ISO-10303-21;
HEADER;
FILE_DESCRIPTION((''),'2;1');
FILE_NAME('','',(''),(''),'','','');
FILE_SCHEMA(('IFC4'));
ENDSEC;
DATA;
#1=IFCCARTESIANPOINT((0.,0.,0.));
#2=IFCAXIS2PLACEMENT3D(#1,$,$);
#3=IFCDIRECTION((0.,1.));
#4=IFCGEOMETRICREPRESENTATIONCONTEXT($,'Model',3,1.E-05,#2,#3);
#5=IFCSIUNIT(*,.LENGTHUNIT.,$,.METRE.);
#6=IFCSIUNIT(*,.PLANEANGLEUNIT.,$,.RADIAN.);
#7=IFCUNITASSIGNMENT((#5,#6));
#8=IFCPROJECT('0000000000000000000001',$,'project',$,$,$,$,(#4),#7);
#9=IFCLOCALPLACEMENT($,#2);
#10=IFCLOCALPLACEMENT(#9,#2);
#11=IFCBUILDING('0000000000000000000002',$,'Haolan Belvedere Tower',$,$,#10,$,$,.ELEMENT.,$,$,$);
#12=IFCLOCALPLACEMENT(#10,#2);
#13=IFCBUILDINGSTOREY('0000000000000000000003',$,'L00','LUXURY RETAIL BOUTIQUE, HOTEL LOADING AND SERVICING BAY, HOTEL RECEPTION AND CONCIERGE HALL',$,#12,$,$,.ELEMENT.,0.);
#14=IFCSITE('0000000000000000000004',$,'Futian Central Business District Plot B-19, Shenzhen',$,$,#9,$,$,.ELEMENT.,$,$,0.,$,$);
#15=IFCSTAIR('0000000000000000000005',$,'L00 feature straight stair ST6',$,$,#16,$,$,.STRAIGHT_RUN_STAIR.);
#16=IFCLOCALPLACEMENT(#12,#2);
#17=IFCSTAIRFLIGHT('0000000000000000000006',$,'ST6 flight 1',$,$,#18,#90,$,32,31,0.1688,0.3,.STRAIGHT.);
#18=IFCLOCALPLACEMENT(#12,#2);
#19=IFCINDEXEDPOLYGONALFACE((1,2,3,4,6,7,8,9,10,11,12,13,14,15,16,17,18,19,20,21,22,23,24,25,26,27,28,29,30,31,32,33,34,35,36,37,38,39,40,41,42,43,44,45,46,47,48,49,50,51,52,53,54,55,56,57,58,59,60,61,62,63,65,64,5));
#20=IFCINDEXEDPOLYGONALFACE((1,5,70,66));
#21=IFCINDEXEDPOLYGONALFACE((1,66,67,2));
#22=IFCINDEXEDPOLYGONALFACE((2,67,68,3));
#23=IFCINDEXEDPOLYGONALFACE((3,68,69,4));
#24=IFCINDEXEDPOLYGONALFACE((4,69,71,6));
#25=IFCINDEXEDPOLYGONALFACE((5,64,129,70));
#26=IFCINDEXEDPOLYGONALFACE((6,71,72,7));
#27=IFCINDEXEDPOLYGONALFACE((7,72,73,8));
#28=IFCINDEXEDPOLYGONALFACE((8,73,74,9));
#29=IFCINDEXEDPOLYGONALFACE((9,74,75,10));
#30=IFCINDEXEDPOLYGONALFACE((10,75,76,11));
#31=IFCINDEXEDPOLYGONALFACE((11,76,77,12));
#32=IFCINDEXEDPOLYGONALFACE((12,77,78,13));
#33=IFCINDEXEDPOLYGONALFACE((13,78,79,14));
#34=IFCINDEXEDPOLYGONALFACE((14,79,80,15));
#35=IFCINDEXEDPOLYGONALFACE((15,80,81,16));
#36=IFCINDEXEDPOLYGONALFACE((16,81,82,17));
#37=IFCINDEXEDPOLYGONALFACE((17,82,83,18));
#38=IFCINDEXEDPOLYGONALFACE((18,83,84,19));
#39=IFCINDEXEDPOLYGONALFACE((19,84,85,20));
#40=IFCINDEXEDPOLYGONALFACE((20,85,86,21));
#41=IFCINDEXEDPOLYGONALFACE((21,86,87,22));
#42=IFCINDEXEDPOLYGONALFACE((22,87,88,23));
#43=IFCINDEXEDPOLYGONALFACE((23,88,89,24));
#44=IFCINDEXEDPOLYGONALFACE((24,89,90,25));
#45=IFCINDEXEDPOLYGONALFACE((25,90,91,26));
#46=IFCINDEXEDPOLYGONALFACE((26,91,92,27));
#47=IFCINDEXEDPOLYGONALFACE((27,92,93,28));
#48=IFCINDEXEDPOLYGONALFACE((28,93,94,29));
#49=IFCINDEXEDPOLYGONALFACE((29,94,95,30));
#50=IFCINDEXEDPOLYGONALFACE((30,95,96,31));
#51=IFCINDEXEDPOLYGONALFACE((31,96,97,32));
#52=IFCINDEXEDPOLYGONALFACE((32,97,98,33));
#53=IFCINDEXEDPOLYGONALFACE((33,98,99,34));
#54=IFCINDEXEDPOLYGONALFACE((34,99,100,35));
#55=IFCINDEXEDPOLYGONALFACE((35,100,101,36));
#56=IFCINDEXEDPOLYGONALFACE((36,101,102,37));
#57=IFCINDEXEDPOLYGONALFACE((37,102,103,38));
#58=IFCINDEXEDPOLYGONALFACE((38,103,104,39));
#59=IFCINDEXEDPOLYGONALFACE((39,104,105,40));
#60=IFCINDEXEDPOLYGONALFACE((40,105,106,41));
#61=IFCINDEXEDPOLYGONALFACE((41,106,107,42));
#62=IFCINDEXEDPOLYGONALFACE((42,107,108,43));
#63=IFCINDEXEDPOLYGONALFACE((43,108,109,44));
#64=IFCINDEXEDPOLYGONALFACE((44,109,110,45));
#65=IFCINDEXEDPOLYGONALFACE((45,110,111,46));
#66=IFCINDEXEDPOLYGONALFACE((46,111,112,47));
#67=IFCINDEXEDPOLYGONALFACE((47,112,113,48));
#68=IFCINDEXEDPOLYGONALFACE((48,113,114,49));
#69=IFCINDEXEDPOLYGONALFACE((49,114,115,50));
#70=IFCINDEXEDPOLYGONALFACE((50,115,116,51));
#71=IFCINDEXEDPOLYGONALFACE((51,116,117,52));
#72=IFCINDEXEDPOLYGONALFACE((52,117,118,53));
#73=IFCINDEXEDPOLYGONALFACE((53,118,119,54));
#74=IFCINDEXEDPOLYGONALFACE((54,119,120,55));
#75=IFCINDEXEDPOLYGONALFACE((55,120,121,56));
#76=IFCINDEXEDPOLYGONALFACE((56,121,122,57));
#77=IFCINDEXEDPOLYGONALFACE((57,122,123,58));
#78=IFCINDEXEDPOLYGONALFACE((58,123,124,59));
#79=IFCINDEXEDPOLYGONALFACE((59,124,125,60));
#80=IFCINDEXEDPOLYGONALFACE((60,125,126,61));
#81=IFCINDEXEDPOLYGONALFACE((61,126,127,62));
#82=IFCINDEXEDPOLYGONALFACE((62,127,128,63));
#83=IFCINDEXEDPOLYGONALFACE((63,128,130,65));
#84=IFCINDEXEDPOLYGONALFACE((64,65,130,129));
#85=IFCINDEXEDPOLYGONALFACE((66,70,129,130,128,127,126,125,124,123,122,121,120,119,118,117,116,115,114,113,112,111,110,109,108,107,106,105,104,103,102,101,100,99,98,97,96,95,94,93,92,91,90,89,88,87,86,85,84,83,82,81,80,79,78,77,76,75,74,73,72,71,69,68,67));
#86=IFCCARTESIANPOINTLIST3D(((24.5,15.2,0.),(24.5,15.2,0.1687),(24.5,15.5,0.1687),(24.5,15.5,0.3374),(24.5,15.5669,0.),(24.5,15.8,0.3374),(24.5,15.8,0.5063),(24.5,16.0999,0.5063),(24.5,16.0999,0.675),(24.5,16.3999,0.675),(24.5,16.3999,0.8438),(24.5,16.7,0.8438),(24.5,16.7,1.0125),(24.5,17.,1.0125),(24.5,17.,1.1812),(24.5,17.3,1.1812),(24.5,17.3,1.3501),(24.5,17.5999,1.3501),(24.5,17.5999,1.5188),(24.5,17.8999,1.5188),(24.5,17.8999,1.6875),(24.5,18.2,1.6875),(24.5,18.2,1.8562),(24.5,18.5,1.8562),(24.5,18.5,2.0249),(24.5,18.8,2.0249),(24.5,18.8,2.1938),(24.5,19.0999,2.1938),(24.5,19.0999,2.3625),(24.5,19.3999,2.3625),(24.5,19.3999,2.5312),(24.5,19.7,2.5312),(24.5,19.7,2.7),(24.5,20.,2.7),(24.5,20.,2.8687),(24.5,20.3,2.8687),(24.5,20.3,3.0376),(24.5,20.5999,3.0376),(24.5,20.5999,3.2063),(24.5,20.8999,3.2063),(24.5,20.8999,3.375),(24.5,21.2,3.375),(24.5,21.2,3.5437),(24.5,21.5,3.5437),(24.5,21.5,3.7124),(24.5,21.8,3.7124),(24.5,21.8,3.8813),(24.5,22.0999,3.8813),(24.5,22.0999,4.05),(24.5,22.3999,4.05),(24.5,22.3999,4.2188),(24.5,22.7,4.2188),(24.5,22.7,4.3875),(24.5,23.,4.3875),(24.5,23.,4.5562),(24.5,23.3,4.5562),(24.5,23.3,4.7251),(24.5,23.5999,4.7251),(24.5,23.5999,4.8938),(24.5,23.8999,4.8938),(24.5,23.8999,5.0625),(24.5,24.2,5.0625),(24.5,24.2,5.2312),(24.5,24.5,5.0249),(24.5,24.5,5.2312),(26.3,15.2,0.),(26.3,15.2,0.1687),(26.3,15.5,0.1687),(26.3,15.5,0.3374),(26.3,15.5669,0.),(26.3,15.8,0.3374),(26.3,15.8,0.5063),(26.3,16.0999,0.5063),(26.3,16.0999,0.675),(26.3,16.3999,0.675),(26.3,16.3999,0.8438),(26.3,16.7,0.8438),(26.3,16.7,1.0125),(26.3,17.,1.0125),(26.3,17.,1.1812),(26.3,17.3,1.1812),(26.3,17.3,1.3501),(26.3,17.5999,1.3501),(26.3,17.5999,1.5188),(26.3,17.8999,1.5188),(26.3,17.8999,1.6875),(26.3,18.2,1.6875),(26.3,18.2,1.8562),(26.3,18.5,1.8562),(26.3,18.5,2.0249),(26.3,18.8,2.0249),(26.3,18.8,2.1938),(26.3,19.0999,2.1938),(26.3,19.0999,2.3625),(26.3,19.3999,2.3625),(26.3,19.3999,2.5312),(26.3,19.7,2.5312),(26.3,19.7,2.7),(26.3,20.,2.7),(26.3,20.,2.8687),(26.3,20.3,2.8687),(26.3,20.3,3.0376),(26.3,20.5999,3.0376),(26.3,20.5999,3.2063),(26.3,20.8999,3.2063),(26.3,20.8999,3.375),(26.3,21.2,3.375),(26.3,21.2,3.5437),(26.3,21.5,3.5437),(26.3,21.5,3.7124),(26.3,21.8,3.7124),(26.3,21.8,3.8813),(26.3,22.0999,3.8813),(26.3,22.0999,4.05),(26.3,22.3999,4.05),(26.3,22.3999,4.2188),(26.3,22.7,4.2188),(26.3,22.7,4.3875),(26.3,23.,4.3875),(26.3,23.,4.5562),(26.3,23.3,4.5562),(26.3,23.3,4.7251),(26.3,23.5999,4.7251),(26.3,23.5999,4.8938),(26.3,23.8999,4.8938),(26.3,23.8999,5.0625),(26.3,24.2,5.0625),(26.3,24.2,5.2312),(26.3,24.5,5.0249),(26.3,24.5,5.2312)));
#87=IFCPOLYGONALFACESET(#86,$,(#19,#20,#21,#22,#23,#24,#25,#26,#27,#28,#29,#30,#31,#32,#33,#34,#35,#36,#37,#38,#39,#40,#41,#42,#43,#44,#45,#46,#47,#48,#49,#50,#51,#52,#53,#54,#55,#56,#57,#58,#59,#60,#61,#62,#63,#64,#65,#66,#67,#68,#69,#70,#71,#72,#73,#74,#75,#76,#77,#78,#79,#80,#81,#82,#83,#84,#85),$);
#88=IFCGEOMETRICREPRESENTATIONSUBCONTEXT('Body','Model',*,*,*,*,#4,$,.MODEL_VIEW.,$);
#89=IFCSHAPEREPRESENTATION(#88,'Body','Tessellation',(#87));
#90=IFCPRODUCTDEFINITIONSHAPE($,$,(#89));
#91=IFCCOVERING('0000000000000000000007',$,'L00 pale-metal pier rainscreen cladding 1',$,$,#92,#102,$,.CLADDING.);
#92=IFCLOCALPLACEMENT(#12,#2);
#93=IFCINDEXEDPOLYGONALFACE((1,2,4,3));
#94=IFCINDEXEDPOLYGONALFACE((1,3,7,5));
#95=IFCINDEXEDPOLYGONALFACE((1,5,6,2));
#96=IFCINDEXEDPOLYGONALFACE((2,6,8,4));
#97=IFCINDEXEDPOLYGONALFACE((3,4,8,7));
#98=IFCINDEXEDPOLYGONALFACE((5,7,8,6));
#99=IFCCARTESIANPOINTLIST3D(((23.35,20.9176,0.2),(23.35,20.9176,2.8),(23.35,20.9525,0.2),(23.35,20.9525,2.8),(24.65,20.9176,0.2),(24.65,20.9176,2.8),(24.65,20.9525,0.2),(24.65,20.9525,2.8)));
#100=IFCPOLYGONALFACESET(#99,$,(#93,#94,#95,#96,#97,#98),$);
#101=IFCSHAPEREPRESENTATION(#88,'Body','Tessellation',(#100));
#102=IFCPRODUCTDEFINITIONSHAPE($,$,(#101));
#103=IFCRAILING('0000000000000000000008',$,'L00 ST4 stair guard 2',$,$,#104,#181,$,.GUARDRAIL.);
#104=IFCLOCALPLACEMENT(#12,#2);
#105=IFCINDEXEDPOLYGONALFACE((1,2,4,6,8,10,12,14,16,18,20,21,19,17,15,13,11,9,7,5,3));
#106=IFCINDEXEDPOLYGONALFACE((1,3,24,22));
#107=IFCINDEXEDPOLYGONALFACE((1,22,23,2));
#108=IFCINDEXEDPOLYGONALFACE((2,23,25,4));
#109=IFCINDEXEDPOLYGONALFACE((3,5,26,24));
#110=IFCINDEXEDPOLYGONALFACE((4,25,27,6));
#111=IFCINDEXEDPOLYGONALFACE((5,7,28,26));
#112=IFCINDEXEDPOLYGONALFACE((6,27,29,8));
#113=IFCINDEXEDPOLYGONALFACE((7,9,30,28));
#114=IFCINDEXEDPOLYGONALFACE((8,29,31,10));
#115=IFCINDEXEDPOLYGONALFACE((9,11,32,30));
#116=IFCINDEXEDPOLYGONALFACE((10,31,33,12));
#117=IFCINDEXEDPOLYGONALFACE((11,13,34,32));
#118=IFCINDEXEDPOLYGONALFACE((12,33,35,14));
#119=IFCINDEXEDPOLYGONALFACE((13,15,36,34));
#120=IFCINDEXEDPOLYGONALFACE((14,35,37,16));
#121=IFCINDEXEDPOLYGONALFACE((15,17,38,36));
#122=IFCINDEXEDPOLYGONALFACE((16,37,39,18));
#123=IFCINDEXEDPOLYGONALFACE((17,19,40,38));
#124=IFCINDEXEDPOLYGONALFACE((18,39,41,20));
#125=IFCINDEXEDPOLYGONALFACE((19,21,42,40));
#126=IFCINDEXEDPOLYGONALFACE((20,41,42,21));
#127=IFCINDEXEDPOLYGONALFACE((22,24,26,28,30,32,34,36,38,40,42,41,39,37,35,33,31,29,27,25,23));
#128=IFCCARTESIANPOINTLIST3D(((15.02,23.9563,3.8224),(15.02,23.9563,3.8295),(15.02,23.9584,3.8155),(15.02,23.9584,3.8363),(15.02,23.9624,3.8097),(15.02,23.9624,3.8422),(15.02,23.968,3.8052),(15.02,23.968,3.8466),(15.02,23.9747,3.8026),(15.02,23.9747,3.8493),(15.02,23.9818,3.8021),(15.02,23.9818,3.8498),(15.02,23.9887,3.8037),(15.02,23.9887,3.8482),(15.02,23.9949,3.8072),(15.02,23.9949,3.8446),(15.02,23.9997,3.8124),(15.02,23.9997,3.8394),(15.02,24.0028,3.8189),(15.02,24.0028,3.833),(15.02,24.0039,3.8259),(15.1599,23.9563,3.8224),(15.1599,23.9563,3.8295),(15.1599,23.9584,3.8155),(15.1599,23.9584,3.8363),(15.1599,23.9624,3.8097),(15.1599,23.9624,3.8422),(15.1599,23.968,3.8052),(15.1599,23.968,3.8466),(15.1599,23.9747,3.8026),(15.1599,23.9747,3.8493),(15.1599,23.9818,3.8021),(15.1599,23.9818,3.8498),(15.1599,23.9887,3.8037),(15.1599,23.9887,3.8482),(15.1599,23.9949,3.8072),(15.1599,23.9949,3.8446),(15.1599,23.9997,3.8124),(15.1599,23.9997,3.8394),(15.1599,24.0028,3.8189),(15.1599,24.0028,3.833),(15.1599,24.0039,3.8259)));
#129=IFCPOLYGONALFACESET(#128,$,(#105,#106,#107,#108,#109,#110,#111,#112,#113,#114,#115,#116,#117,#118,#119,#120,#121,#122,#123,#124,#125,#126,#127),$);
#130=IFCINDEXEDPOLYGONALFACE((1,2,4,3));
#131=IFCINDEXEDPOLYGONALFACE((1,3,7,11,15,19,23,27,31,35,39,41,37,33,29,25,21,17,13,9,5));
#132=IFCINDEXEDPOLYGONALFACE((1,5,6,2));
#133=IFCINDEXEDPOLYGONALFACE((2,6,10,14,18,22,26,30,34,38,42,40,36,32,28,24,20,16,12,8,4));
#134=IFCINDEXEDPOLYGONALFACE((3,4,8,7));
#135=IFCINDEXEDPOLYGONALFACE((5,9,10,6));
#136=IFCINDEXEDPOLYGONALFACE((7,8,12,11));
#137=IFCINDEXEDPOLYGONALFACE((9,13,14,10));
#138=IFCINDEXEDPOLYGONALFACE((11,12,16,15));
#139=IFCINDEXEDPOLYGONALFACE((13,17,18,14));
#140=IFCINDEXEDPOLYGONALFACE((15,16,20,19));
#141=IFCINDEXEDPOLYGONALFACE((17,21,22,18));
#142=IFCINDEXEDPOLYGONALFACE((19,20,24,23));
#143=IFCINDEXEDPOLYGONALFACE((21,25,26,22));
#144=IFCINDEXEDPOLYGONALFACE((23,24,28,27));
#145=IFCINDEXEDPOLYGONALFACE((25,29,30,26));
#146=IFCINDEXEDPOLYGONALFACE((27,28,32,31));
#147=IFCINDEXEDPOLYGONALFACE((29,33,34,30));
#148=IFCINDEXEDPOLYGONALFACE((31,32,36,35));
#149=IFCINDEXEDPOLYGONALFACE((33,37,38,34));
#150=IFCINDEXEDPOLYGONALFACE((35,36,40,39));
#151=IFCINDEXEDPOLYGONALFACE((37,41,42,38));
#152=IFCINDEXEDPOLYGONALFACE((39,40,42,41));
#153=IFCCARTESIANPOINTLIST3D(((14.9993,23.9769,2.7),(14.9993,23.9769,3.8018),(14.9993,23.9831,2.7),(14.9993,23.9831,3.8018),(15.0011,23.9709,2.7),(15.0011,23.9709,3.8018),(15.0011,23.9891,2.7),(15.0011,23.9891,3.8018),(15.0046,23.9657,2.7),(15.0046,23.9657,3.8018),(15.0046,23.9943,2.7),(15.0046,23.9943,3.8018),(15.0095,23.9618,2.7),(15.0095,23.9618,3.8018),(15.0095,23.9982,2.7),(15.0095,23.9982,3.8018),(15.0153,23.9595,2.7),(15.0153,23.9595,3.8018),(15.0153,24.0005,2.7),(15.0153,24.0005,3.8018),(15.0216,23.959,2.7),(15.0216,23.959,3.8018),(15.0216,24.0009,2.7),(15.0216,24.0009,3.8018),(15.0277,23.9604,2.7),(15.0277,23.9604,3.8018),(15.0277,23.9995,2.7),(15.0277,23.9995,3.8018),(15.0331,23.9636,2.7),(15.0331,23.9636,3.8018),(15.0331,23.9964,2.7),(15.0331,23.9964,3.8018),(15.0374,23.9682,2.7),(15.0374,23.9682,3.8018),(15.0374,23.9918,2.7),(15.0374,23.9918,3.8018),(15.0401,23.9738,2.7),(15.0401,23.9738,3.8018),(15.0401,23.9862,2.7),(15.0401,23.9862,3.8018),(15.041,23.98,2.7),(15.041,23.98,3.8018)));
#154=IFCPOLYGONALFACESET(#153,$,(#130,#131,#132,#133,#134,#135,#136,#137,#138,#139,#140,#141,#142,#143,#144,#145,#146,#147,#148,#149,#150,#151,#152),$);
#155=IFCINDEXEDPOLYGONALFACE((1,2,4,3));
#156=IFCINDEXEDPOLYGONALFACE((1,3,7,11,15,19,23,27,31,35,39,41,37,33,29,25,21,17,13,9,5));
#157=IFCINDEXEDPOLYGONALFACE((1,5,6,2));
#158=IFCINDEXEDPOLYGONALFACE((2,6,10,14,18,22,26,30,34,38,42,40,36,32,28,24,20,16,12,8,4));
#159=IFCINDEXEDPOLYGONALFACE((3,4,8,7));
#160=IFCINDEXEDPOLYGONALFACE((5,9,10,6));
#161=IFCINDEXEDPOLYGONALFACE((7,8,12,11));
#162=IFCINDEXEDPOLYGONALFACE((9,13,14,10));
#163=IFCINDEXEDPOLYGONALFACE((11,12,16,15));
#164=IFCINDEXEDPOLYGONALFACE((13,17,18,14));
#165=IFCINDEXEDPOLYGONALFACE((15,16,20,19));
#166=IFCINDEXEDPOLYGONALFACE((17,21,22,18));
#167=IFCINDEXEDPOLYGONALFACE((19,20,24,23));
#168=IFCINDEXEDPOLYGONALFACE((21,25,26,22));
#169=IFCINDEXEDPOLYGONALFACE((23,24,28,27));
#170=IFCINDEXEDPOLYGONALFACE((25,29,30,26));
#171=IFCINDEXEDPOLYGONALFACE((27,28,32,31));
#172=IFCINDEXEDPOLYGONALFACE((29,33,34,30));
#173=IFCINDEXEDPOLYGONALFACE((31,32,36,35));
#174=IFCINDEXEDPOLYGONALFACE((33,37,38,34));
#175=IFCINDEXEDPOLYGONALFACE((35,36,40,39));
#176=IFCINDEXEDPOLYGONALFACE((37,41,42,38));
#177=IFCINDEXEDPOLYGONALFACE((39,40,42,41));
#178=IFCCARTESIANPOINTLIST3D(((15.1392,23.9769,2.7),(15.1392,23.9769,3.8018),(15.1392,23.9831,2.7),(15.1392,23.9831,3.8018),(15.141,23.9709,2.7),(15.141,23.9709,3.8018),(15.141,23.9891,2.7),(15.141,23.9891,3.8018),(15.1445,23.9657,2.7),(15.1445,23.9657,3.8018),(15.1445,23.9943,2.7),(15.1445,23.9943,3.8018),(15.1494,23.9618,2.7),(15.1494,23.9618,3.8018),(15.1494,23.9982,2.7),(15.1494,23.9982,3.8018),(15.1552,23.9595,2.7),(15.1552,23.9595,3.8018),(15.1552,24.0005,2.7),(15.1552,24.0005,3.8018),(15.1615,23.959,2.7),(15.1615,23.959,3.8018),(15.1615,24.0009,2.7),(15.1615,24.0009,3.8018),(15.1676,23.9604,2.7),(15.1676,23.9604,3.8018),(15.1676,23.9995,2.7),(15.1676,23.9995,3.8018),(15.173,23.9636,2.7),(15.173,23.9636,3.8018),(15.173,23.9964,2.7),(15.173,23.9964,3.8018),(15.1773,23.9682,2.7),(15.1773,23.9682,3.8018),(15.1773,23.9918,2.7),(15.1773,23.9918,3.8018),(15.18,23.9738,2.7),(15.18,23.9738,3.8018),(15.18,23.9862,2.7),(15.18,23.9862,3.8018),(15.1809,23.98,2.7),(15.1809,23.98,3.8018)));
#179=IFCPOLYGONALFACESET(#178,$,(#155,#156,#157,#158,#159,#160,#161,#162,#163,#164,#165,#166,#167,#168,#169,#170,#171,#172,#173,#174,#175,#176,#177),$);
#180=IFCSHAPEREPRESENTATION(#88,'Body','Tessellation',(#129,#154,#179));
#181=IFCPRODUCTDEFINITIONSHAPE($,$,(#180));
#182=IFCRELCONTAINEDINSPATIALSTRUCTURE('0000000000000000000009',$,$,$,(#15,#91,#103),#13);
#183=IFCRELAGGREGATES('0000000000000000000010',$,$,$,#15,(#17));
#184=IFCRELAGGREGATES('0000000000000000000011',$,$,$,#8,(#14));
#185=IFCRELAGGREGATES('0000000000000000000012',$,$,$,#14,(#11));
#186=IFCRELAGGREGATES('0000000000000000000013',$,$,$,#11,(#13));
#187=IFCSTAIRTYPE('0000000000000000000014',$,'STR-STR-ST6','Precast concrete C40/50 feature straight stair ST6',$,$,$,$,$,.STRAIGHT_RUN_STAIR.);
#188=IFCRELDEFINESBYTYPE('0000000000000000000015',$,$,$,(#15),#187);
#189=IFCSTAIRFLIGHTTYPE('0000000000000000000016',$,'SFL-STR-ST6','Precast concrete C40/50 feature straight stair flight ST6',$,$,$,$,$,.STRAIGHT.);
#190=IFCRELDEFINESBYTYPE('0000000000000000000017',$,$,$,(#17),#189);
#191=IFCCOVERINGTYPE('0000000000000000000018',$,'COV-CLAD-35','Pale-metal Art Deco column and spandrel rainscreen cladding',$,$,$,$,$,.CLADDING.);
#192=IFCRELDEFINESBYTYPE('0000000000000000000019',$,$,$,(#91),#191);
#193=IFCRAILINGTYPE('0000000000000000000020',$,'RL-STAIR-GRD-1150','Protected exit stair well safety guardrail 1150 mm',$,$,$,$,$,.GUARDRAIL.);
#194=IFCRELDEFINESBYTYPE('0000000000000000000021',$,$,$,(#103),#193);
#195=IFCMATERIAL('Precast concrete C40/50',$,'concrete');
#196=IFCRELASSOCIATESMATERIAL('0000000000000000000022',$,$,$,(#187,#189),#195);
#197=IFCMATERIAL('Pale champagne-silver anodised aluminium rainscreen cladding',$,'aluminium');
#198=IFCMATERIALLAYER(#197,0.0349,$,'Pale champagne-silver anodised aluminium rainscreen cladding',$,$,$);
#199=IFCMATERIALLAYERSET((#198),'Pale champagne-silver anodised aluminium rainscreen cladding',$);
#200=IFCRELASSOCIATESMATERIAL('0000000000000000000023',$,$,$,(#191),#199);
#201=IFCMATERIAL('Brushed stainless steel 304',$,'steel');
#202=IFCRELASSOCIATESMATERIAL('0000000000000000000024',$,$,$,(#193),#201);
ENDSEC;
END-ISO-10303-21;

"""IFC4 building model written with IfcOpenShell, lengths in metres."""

from ifc_helpers import new_model, si_unit, direction, frame, origin, origin_2d, place, context, subcontext, project, spatial, polyline, rectangle, circle, outline, extrude, material, layer, layer_set, type_object, element, aggregate, save


model = new_model("IFC4")

# Units and contexts
model_context = context("Model", 3, precision=1e-05, world=origin(), true_north=direction((0.0, 1.0)))
body_context = subcontext(model_context, "Body", "Model", "MODEL_VIEW")
ifc_project = project(units=[si_unit("LENGTHUNIT", "METRE"), si_unit("PLANEANGLEUNIT", "RADIAN")], contexts=[model_context])

# Site, building, storey
site_placement = place(None, origin())
site = spatial("IfcSite", under=ifc_project, at=site_placement, Name="Futian Central Business District Plot B-19, Shenzhen", CompositionType="ELEMENT", RefElevation=0.0)
building_placement = place(site_placement, origin())
building = spatial("IfcBuilding", under=site, at=building_placement, Name="Haolan Belvedere Tower", CompositionType="ELEMENT")
storey_placement = place(building_placement, origin())
storey = spatial("IfcBuildingStorey", under=building, at=storey_placement, Name="L00", Description="LUXURY RETAIL BOUTIQUE, HOTEL LOADING AND SERVICING BAY, HOTEL RECEPTION AND CONCIERGE HALL", CompositionType="ELEMENT", Elevation=0.0)

# Shared definitions
ifc_material_1 = material(Name="Precast concrete C40/50", Category="concrete")

# Stair, stair flight
stair_type = type_object("IfcStairType", Name="STR-STR-ST6", Description="Precast concrete C40/50 feature straight stair ST6", PredefinedType="STRAIGHT_RUN_STAIR", material=ifc_material_1)
stair_placement = place(storey_placement, origin())
stair = element("IfcStair", 1, at=stair_placement, inside=storey, type_object=stair_type, Name="L00 feature straight stair ST6", PredefinedType="STRAIGHT_RUN_STAIR")
stair_flight_type = type_object("IfcStairFlightType", Name="SFL-STR-ST6", Description="Precast concrete C40/50 feature straight stair flight ST6", PredefinedType="STRAIGHT", material=ifc_material_1)
stair_flight_placement = place(storey_placement, frame((25.3999, 15.2, 0.0), z_axis=(0.0, 0.0, 1.0), x_axis=(0.0, 1.0, 0.0)))
stair_flight = element("IfcStairFlight", 2, at=stair_flight_placement, type_object=stair_flight_type, Name="ST6 flight 1", NumberOfRisers=32, NumberOfTreads=31, PredefinedType="STRAIGHT", RiserHeight=0.1688, TreadLength=0.3, context=body_context, shape_type="SweptSolid", body=[
    extrude(outline(polyline([(0.0, 0.0), (0.0, 0.1687), (0.3, 0.1687), (0.3, 0.3374), (0.6001, 0.3374), (0.6001, 0.5063), (0.8999, 0.5063), (0.8999, 0.675), (1.2, 0.675), (1.2, 0.8438), (1.5, 0.8438), (1.5, 1.0125), (1.8, 1.0125), (1.8, 1.1812), (2.1001, 1.1812), (2.1001, 1.3501), (2.3999, 1.3501), (2.3999, 1.5188), (2.7, 1.5188), (2.7, 1.6875), (3.0, 1.6875), (3.0, 1.8562), (3.3, 1.8562), (3.3, 2.0249), (3.6001, 2.0249), (3.6001, 2.1938), (3.8999, 2.1938), (3.8999, 2.3625), (4.2, 2.3625), (4.2, 2.5312), (4.5, 2.5312), (4.5, 2.7), (4.8, 2.7), (4.8, 2.8687), (5.1001, 2.8687), (5.1001, 3.0376), (5.3999, 3.0376), (5.3999, 3.2063), (5.7, 3.2063), (5.7, 3.375), (6.0, 3.375), (6.0, 3.5437), (6.3, 3.5437), (6.3, 3.7124), (6.6001, 3.7124), (6.6001, 3.8813), (6.8999, 3.8813), (6.8999, 4.05), (7.2, 4.05), (7.2, 4.2188), (7.5, 4.2188), (7.5, 4.3875), (7.8, 4.3875), (7.8, 4.5562), (8.1001, 4.5562), (8.1001, 4.7251), (8.3999, 4.7251), (8.3999, 4.8938), (8.7, 4.8938), (8.7, 5.0625), (9.0, 5.0625), (9.0, 5.2312), (9.3, 5.2312), (9.3, 5.3999), (9.3, 5.0249), (0.3669, 0.0), (0.0, 0.0)])), frame((0.0, 0.8999, 0.0), z_axis=(0.0, -1.0, 0.0), x_axis=(1.0, 0.0, 0.0)), (0.0, 0.0, 1.0), 1.8),
])
aggregate(stair, [stair_flight])

# Covering
ifc_material_2 = material(Name="Pale champagne-silver anodised aluminium rainscreen cladding", Category="aluminium")
ifc_layer_1 = layer(ifc_material_2, 0.0349, Name="Pale champagne-silver anodised aluminium rainscreen cladding")
ifc_layer_set_1 = layer_set([ifc_layer_1], Name="Pale champagne-silver anodised aluminium rainscreen cladding")
covering_type = type_object("IfcCoveringType", Name="COV-CLAD-35", Description="Pale-metal Art Deco column and spandrel rainscreen cladding", PredefinedType="CLADDING", material=ifc_layer_set_1)
covering_placement = place(storey_placement, frame((24.0, 20.9351, 0.2), z_axis=(0.0, 0.0, 1.0), x_axis=(1.0, 0.0, 0.0)))
element("IfcCovering", 3, at=covering_placement, inside=storey, type_object=covering_type, Name="L00 pale-metal pier rainscreen cladding 1", PredefinedType="CLADDING", context=body_context, shape_type="SweptSolid", body=[
    extrude(rectangle(XDim=1.3, YDim=0.0349, at=origin_2d()), origin(), (0.0, 0.0, 1.0), 2.6001),
])

# Railing
ifc_material_3 = material(Name="Brushed stainless steel 304", Category="steel")
railing_type_1 = type_object("IfcRailingType", Name="RL-STAIR-GRD-1150", Description="Protected exit stair well safety guardrail 1150 mm", PredefinedType="GUARDRAIL", material=ifc_material_3)
railing_placement = place(storey_placement, frame((15.02, 23.98, 2.7)))
element("IfcRailing", 4, at=railing_placement, inside=storey, type_object=railing_type_1, Name="L00 ST4 stair guard 2", PredefinedType="GUARDRAIL", context=body_context, shape_type="SweptSolid", body=[
    extrude(circle(Radius=0.0239, at=origin_2d()), frame((0.0, 0.0, 1.126), z_axis=(1.0, 0.0, 0.0), x_axis=(0.0, 1.0, 0.0)), (0.0, 0.0, 1.0), 0.1399),
    extrude(circle(Radius=0.021, at=origin_2d()), origin(), (0.0, 0.0, 1.0), 1.1018),
    extrude(circle(Radius=0.021, at=origin_2d()), frame((0.1399, 0.0, 0.0)), (0.0, 0.0, 1.0), 1.1018),
])

save(model, "model.ifc")
